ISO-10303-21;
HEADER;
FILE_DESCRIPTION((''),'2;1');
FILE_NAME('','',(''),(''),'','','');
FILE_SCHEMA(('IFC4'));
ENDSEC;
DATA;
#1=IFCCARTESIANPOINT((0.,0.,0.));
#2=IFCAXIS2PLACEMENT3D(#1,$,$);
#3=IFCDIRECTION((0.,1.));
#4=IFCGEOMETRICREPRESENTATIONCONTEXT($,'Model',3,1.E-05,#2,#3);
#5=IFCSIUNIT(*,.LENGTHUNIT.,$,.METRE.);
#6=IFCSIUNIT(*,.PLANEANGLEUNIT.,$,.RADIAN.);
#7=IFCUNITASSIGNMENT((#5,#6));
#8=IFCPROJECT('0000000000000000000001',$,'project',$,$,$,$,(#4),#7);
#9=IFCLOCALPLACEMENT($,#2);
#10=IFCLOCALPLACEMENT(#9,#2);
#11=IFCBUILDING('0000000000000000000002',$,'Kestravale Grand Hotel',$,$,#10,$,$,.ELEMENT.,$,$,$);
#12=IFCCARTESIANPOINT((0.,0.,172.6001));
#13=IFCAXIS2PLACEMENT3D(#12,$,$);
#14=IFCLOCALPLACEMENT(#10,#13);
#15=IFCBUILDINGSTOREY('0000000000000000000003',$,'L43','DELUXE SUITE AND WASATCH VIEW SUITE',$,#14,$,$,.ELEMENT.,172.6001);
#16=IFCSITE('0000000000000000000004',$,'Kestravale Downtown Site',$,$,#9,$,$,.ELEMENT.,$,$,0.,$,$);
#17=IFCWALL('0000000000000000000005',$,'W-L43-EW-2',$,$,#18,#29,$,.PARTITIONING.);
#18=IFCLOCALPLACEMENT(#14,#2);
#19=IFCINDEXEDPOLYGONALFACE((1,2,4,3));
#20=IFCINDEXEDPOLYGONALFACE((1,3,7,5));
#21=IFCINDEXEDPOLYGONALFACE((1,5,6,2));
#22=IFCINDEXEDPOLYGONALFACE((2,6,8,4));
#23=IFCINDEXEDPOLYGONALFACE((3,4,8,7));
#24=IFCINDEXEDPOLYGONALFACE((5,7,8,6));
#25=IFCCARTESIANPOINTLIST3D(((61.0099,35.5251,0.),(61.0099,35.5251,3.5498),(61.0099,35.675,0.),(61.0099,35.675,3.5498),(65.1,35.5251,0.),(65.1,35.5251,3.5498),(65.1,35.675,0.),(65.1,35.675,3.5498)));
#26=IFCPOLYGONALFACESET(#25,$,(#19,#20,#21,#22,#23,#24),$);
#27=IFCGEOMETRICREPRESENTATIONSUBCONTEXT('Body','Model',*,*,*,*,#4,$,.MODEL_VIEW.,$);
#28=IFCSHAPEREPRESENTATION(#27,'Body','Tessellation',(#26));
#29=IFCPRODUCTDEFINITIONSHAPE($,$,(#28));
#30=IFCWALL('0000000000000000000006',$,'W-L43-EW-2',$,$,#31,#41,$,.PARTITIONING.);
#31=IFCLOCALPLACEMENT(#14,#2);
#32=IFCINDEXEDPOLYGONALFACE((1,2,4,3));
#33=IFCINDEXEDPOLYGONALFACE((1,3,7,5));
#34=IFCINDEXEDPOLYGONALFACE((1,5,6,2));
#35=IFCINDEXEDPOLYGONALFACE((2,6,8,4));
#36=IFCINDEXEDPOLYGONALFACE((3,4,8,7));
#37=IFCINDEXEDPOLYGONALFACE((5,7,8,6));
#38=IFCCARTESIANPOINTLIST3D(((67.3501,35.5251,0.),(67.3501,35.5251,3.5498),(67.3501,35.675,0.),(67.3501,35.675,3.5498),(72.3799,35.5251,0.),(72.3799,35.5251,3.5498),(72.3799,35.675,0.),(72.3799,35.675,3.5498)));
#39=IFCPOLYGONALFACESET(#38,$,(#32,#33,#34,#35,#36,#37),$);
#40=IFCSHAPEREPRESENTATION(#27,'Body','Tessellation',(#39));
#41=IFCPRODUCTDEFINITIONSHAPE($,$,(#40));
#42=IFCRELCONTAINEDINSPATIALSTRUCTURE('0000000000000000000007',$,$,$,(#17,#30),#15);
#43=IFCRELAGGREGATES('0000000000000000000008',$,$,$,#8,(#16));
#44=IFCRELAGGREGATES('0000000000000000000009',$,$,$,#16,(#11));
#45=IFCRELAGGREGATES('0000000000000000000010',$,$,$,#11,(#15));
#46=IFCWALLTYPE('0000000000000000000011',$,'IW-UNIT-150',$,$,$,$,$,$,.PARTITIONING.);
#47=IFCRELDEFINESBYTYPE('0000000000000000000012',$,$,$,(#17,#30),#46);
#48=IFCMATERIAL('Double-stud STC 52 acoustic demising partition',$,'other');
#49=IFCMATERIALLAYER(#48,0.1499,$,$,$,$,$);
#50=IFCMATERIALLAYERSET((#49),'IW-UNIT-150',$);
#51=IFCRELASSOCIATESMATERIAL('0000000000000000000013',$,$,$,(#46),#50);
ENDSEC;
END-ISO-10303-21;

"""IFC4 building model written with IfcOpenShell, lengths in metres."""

from ifc_helpers import new_model, si_unit, direction, frame, frame_2d, origin, place, context, subcontext, project, spatial, rectangle, extrude, material, layer, layer_set, type_object, element, save


model = new_model("IFC4")

# Units and contexts
model_context = context("Model", 3, precision=1e-05, world=origin(), true_north=direction((0.0, 1.0)))
body_context = subcontext(model_context, "Body", "Model", "MODEL_VIEW")
ifc_project = project(units=[si_unit("LENGTHUNIT", "METRE"), si_unit("PLANEANGLEUNIT", "RADIAN")], contexts=[model_context])

# Site, building, storey
site_placement = place(None, origin())
site = spatial("IfcSite", under=ifc_project, at=site_placement, Name="Kestravale Downtown Site", CompositionType="ELEMENT", RefElevation=0.0)
building_placement = place(site_placement, origin())
building = spatial("IfcBuilding", under=site, at=building_placement, Name="Kestravale Grand Hotel", CompositionType="ELEMENT")
storey_placement = place(building_placement, frame((0.0, 0.0, 172.6001)))
storey = spatial("IfcBuildingStorey", under=building, at=storey_placement, Name="L43", Description="DELUXE SUITE AND WASATCH VIEW SUITE", CompositionType="ELEMENT", Elevation=172.6001)

# Shared definitions
ifc_material_1 = material(Name="Double-stud STC 52 acoustic demising partition", Category="other")
ifc_layer_1 = layer(ifc_material_1, 0.1499)
ifc_layer_set_1 = layer_set([ifc_layer_1], Name="IW-UNIT-150")
wall_type_1 = type_object("IfcWallType", Name="IW-UNIT-150", PredefinedType="PARTITIONING", material=ifc_layer_set_1)

# Walls
wall_1_placement = place(storey_placement, frame((61.01, 35.6001, 0.0), z_axis=(0.0, 0.0, 1.0), x_axis=(1.0, 0.0, 0.0)))
element("IfcWall", 1, at=wall_1_placement, inside=storey, type_object=wall_type_1, Name="W-L43-EW-2", PredefinedType="PARTITIONING", context=body_context, shape_type="SweptSolid", body=[
    extrude(rectangle(XDim=4.0901, YDim=0.1499, at=frame_2d((2.0449, 0.0))), origin(), (0.0, 0.0, 1.0), 3.5498),
])
wall_2_placement = place(storey_placement, frame((67.3501, 35.6001, 0.0), z_axis=(0.0, 0.0, 1.0), x_axis=(1.0, 0.0, 0.0)))
element("IfcWall", 2, at=wall_2_placement, inside=storey, type_object=wall_type_1, Name="W-L43-EW-2", PredefinedType="PARTITIONING", context=body_context, shape_type="SweptSolid", body=[
    extrude(rectangle(XDim=5.0298, YDim=0.1499, at=frame_2d((2.5149, 0.0))), origin(), (0.0, 0.0, 1.0), 3.5498),
])

save(model, "model.ifc")
